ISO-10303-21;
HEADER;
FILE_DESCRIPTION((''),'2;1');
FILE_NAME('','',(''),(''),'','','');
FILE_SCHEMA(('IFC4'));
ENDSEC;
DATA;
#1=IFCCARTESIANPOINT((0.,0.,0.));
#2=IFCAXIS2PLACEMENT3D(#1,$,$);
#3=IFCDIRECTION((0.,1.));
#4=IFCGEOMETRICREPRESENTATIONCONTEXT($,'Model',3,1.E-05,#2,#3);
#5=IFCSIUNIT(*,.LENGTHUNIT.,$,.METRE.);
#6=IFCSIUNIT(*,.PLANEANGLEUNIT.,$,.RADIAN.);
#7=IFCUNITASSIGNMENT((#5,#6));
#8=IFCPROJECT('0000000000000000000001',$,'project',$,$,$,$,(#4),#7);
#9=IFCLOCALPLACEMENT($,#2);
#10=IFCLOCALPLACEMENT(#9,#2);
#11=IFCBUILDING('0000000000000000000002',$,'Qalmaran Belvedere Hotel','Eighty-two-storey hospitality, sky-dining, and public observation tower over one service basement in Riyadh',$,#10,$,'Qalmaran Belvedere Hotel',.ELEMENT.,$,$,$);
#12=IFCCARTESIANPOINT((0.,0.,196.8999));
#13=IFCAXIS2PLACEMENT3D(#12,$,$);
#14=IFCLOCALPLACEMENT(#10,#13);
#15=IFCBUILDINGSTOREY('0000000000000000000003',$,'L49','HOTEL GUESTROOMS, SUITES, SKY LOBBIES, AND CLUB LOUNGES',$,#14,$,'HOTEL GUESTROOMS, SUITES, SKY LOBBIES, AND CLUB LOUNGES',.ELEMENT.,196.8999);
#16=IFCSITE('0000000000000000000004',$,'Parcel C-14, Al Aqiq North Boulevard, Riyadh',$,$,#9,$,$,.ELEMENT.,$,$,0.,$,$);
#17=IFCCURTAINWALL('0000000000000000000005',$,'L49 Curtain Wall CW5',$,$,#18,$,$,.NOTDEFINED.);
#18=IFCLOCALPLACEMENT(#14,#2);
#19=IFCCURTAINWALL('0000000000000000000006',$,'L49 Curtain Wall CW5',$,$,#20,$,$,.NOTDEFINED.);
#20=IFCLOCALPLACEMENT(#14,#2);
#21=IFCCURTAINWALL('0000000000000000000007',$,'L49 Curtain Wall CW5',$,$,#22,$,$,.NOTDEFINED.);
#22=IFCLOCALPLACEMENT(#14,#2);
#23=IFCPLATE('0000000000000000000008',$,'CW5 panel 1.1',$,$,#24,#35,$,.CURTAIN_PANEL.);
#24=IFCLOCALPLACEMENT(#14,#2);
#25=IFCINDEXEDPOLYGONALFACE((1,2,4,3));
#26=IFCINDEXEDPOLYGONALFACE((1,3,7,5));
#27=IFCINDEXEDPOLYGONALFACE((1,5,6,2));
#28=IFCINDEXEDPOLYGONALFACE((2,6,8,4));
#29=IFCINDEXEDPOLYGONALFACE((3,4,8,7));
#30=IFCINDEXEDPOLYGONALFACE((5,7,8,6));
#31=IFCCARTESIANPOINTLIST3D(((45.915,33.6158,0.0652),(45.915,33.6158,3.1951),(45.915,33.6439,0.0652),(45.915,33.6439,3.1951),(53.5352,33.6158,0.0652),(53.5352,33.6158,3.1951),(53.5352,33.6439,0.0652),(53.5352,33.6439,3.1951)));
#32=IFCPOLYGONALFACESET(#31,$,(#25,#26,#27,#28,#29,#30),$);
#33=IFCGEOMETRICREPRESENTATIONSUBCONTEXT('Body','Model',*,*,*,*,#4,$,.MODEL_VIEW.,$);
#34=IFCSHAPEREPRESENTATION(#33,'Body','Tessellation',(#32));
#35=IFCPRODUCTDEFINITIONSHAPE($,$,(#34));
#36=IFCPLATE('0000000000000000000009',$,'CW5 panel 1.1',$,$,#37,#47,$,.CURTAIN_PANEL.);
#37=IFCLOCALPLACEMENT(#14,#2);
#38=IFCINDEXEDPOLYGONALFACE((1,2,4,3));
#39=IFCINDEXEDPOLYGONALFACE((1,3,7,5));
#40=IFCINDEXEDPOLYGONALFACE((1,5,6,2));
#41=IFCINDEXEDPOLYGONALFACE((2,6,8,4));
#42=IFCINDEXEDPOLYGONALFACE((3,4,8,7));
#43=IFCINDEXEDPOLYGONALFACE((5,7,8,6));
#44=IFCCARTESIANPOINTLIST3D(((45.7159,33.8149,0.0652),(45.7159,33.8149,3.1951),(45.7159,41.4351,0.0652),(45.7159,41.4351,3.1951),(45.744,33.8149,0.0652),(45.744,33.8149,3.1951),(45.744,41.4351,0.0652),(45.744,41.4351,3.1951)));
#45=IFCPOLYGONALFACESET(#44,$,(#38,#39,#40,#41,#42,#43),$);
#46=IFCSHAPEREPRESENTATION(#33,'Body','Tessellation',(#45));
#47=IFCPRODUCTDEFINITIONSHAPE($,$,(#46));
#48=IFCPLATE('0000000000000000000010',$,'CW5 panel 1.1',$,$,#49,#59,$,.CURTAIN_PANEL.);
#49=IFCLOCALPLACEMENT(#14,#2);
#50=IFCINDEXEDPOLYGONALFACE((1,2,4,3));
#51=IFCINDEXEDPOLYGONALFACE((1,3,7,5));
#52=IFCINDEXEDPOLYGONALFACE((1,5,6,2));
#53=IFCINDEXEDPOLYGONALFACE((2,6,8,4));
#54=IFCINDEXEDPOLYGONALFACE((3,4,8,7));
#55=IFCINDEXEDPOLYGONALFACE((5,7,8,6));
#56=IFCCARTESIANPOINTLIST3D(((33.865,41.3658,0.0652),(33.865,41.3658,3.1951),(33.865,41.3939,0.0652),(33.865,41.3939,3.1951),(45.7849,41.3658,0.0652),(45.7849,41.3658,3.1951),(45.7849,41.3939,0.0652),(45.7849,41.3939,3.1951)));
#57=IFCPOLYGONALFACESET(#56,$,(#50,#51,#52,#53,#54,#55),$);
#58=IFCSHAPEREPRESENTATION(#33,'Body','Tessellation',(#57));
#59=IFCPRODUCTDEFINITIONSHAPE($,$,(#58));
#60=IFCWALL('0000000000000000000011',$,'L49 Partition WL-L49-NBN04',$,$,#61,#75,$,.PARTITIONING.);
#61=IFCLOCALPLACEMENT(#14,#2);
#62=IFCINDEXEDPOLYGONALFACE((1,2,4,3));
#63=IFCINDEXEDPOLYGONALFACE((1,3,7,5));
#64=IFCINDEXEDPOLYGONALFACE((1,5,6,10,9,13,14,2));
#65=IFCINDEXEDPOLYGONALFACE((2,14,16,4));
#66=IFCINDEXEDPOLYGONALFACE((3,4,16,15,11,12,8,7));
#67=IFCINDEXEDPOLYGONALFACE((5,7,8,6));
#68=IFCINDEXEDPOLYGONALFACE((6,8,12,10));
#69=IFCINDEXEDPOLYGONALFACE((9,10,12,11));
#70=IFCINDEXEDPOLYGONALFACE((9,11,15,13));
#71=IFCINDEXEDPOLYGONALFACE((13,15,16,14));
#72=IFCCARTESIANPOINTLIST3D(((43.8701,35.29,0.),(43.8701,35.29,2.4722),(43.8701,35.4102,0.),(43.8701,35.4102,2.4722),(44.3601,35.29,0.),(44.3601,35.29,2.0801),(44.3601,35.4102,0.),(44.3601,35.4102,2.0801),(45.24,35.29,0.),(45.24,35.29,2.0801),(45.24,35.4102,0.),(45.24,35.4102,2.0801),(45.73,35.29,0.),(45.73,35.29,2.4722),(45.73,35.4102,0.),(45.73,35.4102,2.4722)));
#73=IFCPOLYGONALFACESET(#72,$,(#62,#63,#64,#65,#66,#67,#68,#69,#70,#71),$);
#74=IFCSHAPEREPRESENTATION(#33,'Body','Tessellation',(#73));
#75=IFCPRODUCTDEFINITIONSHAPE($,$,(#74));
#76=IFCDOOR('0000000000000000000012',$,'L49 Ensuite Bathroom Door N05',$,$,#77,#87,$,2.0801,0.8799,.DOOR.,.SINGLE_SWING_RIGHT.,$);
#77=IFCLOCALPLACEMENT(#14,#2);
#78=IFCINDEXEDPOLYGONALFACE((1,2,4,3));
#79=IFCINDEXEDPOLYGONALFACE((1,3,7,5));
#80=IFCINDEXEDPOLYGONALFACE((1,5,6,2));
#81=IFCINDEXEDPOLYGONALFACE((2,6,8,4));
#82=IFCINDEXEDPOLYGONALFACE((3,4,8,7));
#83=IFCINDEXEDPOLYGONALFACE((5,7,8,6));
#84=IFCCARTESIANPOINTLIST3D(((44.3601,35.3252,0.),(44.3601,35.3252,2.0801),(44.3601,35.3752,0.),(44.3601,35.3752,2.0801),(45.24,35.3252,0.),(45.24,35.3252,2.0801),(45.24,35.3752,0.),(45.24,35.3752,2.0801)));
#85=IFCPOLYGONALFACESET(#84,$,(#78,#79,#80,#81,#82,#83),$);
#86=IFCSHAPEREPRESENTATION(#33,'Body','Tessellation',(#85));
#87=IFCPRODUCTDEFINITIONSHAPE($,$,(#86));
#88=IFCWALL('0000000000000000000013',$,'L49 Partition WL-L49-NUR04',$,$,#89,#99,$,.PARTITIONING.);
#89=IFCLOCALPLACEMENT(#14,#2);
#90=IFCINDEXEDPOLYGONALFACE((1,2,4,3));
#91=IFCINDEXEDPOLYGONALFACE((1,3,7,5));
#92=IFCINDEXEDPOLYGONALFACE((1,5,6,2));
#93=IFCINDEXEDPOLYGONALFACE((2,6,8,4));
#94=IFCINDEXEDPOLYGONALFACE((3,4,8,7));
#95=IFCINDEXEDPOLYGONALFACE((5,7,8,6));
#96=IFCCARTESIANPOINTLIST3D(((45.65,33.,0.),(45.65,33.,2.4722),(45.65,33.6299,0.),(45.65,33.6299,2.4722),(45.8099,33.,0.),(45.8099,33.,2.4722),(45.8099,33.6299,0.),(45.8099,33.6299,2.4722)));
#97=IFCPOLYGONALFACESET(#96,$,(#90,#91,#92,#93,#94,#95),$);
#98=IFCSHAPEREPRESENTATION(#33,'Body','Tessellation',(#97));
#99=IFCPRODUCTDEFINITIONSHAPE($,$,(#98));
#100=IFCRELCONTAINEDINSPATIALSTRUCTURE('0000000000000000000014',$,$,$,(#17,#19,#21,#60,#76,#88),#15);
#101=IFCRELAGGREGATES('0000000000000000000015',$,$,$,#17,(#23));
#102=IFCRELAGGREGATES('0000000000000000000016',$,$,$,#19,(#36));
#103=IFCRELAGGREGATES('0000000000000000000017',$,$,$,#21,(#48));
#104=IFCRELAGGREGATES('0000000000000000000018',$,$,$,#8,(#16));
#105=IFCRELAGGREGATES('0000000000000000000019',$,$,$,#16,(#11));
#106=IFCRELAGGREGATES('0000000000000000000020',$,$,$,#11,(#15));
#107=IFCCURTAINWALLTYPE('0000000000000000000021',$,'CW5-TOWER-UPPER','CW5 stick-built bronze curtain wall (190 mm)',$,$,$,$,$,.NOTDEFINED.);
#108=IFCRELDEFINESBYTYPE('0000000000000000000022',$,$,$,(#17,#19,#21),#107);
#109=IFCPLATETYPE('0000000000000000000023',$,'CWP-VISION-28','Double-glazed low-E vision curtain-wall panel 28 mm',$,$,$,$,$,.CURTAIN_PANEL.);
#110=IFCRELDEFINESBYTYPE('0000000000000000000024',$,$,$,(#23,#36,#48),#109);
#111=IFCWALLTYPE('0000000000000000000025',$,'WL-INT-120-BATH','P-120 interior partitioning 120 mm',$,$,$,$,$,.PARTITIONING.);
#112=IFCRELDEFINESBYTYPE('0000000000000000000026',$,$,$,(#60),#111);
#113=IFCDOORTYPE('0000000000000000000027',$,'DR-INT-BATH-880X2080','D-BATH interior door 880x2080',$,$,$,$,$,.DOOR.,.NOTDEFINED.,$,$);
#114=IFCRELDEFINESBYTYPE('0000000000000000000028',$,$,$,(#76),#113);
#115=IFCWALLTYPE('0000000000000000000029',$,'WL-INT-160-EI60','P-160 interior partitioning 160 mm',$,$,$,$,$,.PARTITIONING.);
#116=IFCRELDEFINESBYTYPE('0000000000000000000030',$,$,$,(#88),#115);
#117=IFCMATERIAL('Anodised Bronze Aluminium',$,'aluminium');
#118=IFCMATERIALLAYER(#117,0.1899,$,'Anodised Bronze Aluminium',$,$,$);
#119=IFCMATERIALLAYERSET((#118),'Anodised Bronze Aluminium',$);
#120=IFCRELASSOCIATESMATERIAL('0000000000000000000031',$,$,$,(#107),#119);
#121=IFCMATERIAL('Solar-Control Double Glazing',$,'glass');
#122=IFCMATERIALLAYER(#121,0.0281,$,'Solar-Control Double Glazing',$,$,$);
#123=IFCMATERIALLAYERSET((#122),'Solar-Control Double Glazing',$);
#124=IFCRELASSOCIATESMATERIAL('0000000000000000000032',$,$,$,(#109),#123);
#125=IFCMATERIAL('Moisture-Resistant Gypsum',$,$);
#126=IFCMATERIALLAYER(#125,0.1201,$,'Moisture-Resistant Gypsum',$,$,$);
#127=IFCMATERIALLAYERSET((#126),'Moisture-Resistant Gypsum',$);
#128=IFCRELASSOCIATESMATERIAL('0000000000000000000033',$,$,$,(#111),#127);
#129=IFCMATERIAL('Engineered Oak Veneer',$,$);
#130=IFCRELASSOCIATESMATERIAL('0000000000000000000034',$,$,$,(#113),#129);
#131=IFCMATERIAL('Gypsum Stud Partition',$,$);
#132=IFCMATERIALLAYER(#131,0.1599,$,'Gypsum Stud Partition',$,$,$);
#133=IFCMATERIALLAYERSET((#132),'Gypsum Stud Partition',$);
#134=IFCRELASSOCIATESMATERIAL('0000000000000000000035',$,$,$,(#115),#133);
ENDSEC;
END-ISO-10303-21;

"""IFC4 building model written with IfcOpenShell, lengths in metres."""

from ifc_helpers import new_model, si_unit, direction, frame, frame_2d, origin, origin_2d, place, context, subcontext, project, spatial, rectangle, extrude, material, layer, layer_set, type_object, element, fill, aggregate, save


model = new_model("IFC4")

# Units and contexts
model_context = context("Model", 3, precision=1e-05, world=origin(), true_north=direction((0.0, 1.0)))
body_context = subcontext(model_context, "Body", "Model", "MODEL_VIEW")
ifc_project = project(units=[si_unit("LENGTHUNIT", "METRE"), si_unit("PLANEANGLEUNIT", "RADIAN")], contexts=[model_context])

# Site, building, storey
site_placement = place(None, origin())
site = spatial("IfcSite", under=ifc_project, at=site_placement, Name="Parcel C-14, Al Aqiq North Boulevard, Riyadh", CompositionType="ELEMENT", RefElevation=0.0)
building_placement = place(site_placement, origin())
building = spatial("IfcBuilding", under=site, at=building_placement, Name="Qalmaran Belvedere Hotel", Description="Eighty-two-storey hospitality, sky-dining, and public observation tower over one service basement in Riyadh", LongName="Qalmaran Belvedere Hotel", CompositionType="ELEMENT")
storey_placement = place(building_placement, frame((0.0, 0.0, 196.8999)))
storey = spatial("IfcBuildingStorey", under=building, at=storey_placement, Name="L49", Description="HOTEL GUESTROOMS, SUITES, SKY LOBBIES, AND CLUB LOUNGES", LongName="HOTEL GUESTROOMS, SUITES, SKY LOBBIES, AND CLUB LOUNGES", CompositionType="ELEMENT", Elevation=196.8999)

# Shared definitions
ifc_material_1 = material(Name="Anodised Bronze Aluminium", Category="aluminium")
ifc_layer_1 = layer(ifc_material_1, 0.1899, Name="Anodised Bronze Aluminium")
ifc_layer_set_1 = layer_set([ifc_layer_1], Name="Anodised Bronze Aluminium")
curtain_wall_type = type_object("IfcCurtainWallType", Name="CW5-TOWER-UPPER", Description="CW5 stick-built bronze curtain wall (190 mm)", PredefinedType="NOTDEFINED", material=ifc_layer_set_1)

# Curtain walls
curtain_wall_1_placement = place(storey_placement, origin())
curtain_wall_1 = element("IfcCurtainWall", 1, at=curtain_wall_1_placement, inside=storey, type_object=curtain_wall_type, Name="L49 Curtain Wall CW5", PredefinedType="NOTDEFINED")
curtain_wall_2_placement = place(storey_placement, origin())
curtain_wall_2 = element("IfcCurtainWall", 2, at=curtain_wall_2_placement, inside=storey, type_object=curtain_wall_type, Name="L49 Curtain Wall CW5", PredefinedType="NOTDEFINED")

# Curtain wall
curtain_wall_3_placement = place(storey_placement, origin())
curtain_wall_3 = element("IfcCurtainWall", 3, at=curtain_wall_3_placement, inside=storey, type_object=curtain_wall_type, Name="L49 Curtain Wall CW5", PredefinedType="NOTDEFINED")

# Plates
ifc_material_2 = material(Name="Solar-Control Double Glazing", Category="glass")
ifc_layer_2 = layer(ifc_material_2, 0.0281, Name="Solar-Control Double Glazing")
ifc_layer_set_2 = layer_set([ifc_layer_2], Name="Solar-Control Double Glazing")
plate_type = type_object("IfcPlateType", Name="CWP-VISION-28", Description="Double-glazed low-E vision curtain-wall panel 28 mm", PredefinedType="CURTAIN_PANEL", material=ifc_layer_set_2)
plate_1_placement = place(storey_placement, frame((49.7251, 33.6299, 0.0652), z_axis=(0.0, 0.0, 1.0), x_axis=(-1.0, 0.0, 0.0)))
plate_1 = element("IfcPlate", 4, at=plate_1_placement, type_object=plate_type, Name="CW5 panel 1.1", PredefinedType="CURTAIN_PANEL", context=body_context, shape_type="SweptSolid", body=[
    extrude(rectangle(XDim=7.6201, YDim=0.0281, at=origin_2d()), origin(), (0.0, 0.0, 1.0), 3.1299),
])
aggregate(curtain_wall_1, [plate_1])
plate_2_placement = place(storey_placement, frame((45.73, 37.625, 0.0652), z_axis=(0.0, 0.0, 1.0), x_axis=(0.0, 1.0, 0.0)))
plate_2 = element("IfcPlate", 5, at=plate_2_placement, type_object=plate_type, Name="CW5 panel 1.1", PredefinedType="CURTAIN_PANEL", context=body_context, shape_type="SweptSolid", body=[
    extrude(rectangle(XDim=7.6201, YDim=0.0281, at=origin_2d()), origin(), (0.0, 0.0, 1.0), 3.1299),
])
aggregate(curtain_wall_2, [plate_2])
plate_3_placement = place(storey_placement, frame((39.825, 41.3799, 0.0652), z_axis=(0.0, 0.0, 1.0), x_axis=(-1.0, 0.0, 0.0)))
plate_3 = element("IfcPlate", 6, at=plate_3_placement, type_object=plate_type, Name="CW5 panel 1.1", PredefinedType="CURTAIN_PANEL", context=body_context, shape_type="SweptSolid", body=[
    extrude(rectangle(XDim=11.9199, YDim=0.0281, at=origin_2d()), origin(), (0.0, 0.0, 1.0), 3.1299),
])
aggregate(curtain_wall_3, [plate_3])

# Wall, opening, door
ifc_material_3 = material(Name="Moisture-Resistant Gypsum")
ifc_layer_3 = layer(ifc_material_3, 0.1201, Name="Moisture-Resistant Gypsum")
ifc_layer_set_3 = layer_set([ifc_layer_3], Name="Moisture-Resistant Gypsum")
wall_type_1 = type_object("IfcWallType", Name="WL-INT-120-BATH", Description="P-120 interior partitioning 120 mm", PredefinedType="PARTITIONING", material=ifc_layer_set_3)
wall_1_placement = place(storey_placement, frame((43.8701, 35.3501, 0.0), z_axis=(0.0, 0.0, 1.0), x_axis=(1.0, 0.0, 0.0)))
wall_1 = element("IfcWall", 7, at=wall_1_placement, inside=storey, type_object=wall_type_1, Name="L49 Partition WL-L49-NBN04", PredefinedType="PARTITIONING", context=body_context, shape_type="SweptSolid", body=[
    extrude(rectangle(XDim=1.8599, YDim=0.1201, at=frame_2d((0.9299, 0.0))), origin(), (0.0, 0.0, 1.0), 2.4722),
])
opening_placement = place(wall_1_placement, frame((1.3699, 0.0, 0.0), z_axis=(0.0, 0.0, 1.0), x_axis=(-1.0, 0.0, 0.0)))
opening = element("IfcOpeningElement", 8, at=opening_placement, cuts=wall_1, PredefinedType="OPENING", context=body_context, shape_type="SweptSolid", body=[
    extrude(rectangle(XDim=0.8799, YDim=2.0801, at=frame_2d((0.4399, 1.04))), frame((0.0, 0.0701, 0.0), z_axis=(0.0, -1.0, 0.0), x_axis=(1.0, 0.0, 0.0)), (0.0, 0.0, 1.0), 0.1401),
])
ifc_material_4 = material(Name="Engineered Oak Veneer")
door_type = type_object("IfcDoorType", Name="DR-INT-BATH-880X2080", Description="D-BATH interior door 880x2080", OperationType="NOTDEFINED", PredefinedType="DOOR", material=ifc_material_4)
door_placement = place(opening_placement, origin())
door = element("IfcDoor", 9, at=door_placement, inside=storey, type_object=door_type, Name="L49 Ensuite Bathroom Door N05", OperationType="SINGLE_SWING_RIGHT", OverallHeight=2.0801, OverallWidth=0.8799, PredefinedType="DOOR", context=body_context, shape_type="SweptSolid", body=[
    extrude(rectangle(XDim=0.8799, YDim=2.0801, at=frame_2d((0.4399, 1.04))), frame((0.0, 0.0249, 0.0), z_axis=(0.0, -1.0, 0.0), x_axis=(1.0, 0.0, 0.0)), (0.0, 0.0, 1.0), 0.05),
])
fill(opening, door)

# Wall
ifc_material_5 = material(Name="Gypsum Stud Partition")
ifc_layer_4 = layer(ifc_material_5, 0.1599, Name="Gypsum Stud Partition")
ifc_layer_set_4 = layer_set([ifc_layer_4], Name="Gypsum Stud Partition")
wall_type_2 = type_object("IfcWallType", Name="WL-INT-160-EI60", Description="P-160 interior partitioning 160 mm", PredefinedType="PARTITIONING", material=ifc_layer_set_4)
wall_2_placement = place(storey_placement, frame((45.73, 33.0, 0.0), z_axis=(0.0, 0.0, 1.0), x_axis=(0.0, 1.0, 0.0)))
element("IfcWall", 10, at=wall_2_placement, inside=storey, type_object=wall_type_2, Name="L49 Partition WL-L49-NUR04", PredefinedType="PARTITIONING", context=body_context, shape_type="SweptSolid", body=[
    extrude(rectangle(XDim=0.6299, YDim=0.1599, at=frame_2d((0.3149, 0.0))), origin(), (0.0, 0.0, 1.0), 2.4722),
])

save(model, "model.ifc")
